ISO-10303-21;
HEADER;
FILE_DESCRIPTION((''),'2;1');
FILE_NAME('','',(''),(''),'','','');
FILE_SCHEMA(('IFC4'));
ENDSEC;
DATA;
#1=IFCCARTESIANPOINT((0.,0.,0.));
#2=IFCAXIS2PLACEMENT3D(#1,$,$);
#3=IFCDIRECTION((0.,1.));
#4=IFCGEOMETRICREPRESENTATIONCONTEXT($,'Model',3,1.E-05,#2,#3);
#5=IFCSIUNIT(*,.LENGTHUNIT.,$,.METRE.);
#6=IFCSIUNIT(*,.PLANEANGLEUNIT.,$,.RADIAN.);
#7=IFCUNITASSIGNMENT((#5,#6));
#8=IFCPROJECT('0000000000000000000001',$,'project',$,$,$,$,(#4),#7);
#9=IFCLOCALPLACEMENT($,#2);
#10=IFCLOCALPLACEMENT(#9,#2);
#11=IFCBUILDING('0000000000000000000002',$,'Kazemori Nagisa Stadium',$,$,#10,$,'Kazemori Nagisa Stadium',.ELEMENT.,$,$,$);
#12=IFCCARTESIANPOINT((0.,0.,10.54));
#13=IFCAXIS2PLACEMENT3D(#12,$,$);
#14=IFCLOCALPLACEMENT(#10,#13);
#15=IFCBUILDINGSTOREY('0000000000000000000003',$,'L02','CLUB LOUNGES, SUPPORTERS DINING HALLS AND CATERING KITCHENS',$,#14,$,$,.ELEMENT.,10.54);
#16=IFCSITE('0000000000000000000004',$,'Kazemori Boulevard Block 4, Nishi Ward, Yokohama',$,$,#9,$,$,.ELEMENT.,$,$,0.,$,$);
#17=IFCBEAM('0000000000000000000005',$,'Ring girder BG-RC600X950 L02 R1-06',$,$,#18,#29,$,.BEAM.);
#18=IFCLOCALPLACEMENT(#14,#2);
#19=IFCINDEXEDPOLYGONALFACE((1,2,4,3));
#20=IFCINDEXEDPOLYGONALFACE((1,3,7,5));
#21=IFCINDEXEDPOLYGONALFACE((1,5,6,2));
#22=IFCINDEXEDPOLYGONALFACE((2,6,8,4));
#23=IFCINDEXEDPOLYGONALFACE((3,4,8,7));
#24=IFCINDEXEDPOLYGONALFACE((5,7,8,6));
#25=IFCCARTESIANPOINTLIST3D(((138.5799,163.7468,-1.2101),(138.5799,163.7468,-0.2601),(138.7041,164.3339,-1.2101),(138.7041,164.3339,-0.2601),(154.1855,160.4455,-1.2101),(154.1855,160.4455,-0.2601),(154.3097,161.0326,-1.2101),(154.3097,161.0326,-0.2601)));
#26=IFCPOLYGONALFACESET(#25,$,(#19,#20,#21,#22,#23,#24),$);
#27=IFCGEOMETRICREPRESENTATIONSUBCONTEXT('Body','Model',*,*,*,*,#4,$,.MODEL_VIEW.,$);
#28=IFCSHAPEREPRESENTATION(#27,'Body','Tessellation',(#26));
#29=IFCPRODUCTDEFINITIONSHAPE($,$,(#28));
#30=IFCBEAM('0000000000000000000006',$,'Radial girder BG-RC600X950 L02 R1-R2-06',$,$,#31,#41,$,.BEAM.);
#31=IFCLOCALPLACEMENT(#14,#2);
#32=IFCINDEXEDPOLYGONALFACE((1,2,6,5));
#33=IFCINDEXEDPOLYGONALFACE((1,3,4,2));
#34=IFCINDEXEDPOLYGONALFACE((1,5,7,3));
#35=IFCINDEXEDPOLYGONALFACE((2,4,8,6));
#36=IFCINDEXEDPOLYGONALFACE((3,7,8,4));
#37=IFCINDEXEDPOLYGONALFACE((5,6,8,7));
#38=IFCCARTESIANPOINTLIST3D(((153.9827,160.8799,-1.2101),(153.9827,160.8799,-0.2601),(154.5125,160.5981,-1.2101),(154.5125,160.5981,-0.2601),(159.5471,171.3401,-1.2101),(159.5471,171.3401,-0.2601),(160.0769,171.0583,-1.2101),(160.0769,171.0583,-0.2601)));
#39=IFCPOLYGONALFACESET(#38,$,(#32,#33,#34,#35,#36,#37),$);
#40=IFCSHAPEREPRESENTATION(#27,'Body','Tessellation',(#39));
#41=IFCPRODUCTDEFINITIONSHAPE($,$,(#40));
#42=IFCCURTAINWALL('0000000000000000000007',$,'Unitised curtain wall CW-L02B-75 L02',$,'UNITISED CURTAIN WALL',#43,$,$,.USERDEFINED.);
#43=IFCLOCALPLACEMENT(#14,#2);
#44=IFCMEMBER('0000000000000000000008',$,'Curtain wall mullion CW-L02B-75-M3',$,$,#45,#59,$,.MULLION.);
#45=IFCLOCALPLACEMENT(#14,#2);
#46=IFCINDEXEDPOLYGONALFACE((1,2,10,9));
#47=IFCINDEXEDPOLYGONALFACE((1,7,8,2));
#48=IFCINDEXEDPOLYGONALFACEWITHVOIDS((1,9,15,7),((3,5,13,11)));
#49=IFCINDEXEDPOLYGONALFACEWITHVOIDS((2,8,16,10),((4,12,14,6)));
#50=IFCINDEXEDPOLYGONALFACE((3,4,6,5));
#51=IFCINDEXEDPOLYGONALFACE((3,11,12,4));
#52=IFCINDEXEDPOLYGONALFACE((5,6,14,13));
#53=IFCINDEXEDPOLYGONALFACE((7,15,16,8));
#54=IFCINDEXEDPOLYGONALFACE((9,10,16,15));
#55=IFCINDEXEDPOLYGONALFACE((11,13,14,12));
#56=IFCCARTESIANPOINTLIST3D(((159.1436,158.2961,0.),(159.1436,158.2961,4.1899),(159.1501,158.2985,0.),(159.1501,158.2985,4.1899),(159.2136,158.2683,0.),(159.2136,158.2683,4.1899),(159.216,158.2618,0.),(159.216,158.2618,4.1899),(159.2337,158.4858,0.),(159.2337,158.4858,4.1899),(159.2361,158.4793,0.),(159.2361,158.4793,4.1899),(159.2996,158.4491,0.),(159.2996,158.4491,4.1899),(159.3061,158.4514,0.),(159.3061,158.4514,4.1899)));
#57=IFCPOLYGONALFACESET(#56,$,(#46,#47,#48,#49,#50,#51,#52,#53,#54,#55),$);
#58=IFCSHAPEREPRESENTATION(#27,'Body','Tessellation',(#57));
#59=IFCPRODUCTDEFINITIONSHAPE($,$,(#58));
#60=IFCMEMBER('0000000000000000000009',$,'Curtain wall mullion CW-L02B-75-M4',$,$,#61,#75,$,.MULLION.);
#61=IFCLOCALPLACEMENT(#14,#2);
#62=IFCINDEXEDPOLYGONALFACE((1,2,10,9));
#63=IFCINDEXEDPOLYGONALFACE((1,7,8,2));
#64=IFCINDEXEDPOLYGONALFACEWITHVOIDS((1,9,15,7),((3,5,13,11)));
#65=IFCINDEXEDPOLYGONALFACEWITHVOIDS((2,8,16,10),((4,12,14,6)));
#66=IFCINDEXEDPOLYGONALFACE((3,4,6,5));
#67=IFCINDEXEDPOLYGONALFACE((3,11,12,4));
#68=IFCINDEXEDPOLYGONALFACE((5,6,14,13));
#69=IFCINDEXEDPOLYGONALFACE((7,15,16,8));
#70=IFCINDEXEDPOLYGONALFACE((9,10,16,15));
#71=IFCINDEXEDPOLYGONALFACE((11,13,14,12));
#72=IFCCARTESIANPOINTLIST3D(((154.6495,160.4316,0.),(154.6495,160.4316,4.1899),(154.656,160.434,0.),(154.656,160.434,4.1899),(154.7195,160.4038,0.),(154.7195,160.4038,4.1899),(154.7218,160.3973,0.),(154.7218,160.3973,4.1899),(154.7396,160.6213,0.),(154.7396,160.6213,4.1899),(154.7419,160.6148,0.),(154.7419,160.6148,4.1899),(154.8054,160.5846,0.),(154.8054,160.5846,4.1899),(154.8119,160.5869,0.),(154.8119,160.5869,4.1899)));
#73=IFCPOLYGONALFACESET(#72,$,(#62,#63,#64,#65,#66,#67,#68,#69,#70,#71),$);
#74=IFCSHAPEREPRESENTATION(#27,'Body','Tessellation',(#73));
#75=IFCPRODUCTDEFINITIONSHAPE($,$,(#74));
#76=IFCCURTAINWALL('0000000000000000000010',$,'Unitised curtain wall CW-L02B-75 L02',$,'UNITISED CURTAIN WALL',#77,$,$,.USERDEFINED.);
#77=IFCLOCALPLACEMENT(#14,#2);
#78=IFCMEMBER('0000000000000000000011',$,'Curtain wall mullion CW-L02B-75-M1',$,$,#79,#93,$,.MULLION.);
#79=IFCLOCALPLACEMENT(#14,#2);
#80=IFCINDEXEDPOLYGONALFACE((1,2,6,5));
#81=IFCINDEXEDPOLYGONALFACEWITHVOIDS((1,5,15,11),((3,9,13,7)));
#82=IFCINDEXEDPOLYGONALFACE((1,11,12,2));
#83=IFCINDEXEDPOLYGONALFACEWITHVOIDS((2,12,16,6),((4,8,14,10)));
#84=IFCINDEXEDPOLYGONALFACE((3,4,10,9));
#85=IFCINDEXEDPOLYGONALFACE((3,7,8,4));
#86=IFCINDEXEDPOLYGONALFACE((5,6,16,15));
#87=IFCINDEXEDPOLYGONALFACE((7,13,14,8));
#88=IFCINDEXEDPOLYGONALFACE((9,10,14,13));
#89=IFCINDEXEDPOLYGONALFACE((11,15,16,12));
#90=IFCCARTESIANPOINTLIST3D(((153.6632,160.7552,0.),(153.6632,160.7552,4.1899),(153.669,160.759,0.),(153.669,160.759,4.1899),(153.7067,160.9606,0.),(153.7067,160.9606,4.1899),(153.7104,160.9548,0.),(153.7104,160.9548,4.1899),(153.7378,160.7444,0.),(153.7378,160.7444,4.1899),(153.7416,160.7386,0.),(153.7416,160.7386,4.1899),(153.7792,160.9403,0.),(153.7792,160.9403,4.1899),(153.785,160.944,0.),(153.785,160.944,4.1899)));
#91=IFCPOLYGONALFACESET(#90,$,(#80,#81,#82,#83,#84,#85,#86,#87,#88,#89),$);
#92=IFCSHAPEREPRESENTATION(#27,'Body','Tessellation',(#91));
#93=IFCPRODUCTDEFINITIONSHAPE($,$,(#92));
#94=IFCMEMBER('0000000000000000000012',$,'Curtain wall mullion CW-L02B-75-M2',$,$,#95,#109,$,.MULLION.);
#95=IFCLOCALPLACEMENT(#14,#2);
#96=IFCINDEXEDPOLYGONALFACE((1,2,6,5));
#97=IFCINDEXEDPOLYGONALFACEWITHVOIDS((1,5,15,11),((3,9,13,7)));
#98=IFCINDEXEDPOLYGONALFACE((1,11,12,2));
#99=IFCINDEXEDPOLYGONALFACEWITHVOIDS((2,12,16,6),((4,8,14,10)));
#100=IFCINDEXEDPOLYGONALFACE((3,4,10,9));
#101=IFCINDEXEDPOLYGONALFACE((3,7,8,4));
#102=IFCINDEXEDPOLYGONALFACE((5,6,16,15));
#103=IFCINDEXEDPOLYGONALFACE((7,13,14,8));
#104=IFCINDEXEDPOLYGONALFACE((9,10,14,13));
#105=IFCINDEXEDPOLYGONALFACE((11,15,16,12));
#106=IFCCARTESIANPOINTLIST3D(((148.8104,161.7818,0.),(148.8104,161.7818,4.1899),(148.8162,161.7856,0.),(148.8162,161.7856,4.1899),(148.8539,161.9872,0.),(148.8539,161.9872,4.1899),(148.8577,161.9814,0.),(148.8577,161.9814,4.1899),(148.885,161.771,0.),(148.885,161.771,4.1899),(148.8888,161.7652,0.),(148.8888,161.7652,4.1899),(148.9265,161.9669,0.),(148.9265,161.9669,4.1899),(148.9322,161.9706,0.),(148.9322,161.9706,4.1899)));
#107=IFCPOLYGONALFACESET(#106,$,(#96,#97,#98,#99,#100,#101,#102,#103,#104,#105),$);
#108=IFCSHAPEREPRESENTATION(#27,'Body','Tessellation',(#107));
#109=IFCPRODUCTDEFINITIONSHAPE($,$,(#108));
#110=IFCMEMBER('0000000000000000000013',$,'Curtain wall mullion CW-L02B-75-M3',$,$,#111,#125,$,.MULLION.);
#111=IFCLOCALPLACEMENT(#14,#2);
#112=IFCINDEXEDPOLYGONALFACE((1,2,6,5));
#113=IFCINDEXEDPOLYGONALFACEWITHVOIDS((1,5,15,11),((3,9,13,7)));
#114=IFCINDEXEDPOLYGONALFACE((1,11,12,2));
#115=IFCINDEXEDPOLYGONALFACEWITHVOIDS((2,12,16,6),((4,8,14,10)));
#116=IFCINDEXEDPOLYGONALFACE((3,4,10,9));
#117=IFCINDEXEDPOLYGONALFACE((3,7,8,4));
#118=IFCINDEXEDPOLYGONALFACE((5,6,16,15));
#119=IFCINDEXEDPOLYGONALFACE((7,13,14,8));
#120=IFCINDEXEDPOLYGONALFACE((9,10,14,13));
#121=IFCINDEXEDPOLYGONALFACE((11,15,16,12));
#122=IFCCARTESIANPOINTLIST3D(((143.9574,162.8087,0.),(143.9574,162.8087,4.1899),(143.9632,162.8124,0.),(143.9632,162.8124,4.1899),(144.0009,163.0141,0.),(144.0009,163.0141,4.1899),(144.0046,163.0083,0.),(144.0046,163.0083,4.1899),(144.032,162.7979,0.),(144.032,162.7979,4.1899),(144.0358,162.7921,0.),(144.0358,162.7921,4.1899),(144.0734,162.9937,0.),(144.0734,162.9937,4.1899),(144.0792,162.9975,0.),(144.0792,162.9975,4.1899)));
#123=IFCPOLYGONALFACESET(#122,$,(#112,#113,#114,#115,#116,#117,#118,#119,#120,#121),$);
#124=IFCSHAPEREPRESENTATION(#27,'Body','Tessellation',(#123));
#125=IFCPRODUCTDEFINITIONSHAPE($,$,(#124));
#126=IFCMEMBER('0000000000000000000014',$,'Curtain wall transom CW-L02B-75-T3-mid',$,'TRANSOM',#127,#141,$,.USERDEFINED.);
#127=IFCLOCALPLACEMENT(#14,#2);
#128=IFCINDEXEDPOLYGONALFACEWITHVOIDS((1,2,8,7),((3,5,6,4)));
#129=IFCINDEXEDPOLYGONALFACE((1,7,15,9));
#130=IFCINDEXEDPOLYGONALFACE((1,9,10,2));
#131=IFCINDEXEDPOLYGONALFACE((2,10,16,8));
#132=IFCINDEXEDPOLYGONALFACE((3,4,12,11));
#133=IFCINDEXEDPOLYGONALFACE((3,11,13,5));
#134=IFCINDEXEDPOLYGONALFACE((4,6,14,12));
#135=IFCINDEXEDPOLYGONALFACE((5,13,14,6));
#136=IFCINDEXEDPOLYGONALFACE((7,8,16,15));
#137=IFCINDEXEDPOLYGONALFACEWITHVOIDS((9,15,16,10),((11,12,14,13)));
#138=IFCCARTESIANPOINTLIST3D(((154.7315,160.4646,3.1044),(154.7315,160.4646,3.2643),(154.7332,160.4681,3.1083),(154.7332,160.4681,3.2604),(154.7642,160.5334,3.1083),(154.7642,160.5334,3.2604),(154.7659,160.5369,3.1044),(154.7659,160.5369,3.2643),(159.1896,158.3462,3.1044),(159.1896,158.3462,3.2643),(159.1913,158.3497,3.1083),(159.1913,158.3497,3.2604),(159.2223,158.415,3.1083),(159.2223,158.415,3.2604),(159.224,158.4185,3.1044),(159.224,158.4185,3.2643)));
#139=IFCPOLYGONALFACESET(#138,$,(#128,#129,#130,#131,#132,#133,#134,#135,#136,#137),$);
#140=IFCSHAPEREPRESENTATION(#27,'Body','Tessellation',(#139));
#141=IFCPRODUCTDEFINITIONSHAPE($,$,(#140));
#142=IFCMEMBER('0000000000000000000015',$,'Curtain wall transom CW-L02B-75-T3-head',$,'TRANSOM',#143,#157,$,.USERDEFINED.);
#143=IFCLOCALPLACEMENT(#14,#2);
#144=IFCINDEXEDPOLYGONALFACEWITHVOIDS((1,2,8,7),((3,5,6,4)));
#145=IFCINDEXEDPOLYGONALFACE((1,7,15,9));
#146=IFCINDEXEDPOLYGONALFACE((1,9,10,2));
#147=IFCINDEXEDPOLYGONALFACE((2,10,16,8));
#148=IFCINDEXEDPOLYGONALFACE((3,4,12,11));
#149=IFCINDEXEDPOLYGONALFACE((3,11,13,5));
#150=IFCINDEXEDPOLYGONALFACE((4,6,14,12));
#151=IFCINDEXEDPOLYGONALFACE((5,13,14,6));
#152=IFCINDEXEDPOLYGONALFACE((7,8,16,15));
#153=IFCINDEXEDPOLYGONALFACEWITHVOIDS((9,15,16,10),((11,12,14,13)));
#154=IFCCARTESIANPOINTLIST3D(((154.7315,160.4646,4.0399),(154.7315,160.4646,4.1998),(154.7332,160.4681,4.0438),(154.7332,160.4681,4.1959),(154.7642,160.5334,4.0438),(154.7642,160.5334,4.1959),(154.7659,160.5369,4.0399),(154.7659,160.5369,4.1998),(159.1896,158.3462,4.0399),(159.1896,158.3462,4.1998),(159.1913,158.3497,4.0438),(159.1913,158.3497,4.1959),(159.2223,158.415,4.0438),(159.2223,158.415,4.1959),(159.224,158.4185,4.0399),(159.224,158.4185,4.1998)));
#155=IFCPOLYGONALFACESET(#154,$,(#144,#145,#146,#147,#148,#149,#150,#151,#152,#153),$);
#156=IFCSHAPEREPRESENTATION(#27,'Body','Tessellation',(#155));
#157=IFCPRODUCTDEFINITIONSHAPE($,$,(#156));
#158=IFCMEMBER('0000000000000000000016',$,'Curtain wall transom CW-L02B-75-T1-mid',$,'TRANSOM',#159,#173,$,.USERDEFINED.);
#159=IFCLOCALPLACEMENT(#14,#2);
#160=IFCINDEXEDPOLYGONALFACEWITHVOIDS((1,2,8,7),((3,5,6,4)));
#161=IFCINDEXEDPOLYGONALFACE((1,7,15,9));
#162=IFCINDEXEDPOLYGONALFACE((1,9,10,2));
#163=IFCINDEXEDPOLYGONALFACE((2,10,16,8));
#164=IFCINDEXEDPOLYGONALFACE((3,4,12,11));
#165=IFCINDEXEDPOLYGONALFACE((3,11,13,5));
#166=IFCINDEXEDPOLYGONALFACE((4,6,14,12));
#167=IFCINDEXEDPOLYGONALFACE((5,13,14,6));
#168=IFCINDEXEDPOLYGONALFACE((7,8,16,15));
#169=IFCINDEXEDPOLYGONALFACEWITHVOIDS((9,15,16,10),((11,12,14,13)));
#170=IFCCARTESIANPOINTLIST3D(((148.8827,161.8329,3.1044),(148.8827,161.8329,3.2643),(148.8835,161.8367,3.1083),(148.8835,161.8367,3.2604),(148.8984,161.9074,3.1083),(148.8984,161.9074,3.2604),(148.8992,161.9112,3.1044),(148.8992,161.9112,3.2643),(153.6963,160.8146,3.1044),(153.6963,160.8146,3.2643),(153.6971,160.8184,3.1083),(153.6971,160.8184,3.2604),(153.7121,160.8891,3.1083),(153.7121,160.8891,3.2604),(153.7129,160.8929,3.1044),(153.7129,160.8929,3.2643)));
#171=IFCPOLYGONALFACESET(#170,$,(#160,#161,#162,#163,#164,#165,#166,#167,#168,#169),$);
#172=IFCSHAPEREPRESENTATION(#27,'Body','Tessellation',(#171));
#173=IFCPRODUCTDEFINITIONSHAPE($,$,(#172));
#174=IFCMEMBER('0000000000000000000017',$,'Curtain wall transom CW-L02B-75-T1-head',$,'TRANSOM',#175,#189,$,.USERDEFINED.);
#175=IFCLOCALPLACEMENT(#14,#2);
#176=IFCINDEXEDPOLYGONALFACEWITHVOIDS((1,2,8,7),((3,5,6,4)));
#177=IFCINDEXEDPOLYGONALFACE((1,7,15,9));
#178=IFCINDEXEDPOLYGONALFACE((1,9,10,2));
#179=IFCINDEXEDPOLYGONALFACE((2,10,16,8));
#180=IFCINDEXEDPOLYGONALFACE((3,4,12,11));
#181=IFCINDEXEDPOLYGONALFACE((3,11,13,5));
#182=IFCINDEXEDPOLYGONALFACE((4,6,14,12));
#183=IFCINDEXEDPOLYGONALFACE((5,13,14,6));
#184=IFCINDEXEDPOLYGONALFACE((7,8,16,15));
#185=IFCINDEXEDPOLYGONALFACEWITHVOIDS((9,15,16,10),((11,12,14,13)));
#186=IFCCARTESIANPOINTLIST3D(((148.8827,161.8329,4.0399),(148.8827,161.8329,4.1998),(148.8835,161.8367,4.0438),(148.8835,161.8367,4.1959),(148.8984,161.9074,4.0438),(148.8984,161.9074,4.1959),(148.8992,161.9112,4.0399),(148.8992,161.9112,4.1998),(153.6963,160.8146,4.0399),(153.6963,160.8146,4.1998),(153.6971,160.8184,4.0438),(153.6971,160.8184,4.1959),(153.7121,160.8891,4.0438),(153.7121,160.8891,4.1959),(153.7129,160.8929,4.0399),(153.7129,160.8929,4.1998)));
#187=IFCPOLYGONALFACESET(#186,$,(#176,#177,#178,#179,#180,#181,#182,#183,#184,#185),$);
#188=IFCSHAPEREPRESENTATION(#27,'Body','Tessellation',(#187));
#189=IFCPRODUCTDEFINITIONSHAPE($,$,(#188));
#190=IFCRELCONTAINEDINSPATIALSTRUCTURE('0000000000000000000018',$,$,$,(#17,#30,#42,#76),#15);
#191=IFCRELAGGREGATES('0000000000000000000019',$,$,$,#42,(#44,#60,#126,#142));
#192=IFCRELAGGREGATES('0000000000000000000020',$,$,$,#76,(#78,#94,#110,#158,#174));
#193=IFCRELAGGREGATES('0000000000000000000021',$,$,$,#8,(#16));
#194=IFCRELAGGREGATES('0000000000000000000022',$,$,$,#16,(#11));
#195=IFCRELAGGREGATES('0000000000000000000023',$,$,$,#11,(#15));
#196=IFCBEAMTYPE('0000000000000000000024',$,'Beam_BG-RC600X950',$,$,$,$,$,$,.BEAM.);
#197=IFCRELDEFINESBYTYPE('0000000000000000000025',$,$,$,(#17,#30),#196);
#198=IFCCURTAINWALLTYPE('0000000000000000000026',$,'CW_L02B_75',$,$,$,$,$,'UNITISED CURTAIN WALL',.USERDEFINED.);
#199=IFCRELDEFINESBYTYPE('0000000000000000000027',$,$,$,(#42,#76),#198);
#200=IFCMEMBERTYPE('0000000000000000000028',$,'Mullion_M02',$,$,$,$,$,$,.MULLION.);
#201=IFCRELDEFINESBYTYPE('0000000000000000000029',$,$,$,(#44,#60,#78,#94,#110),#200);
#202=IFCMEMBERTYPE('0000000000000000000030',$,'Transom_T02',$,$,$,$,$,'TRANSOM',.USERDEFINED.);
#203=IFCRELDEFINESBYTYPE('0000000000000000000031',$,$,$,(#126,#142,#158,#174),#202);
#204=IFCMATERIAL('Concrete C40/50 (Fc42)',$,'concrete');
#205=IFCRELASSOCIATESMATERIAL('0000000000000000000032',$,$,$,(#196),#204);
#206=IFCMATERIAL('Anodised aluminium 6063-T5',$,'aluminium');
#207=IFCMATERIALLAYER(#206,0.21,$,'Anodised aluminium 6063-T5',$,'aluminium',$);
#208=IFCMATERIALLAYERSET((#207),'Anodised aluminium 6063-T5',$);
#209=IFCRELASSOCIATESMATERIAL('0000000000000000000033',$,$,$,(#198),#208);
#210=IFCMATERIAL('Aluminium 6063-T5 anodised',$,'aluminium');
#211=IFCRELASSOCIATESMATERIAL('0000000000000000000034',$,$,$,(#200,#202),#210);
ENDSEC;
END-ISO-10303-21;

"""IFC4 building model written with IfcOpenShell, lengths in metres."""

from ifc_helpers import new_model, si_unit, direction, frame, origin, origin_2d, place, context, subcontext, project, spatial, rectangle, hollow_rectangle, extrude, material, layer, layer_set, material_profile, profile_set, type_object, element, aggregate, save


model = new_model("IFC4")

# Units and contexts
model_context = context("Model", 3, precision=1e-05, world=origin(), true_north=direction((0.0, 1.0)))
body_context = subcontext(model_context, "Body", "Model", "MODEL_VIEW")
ifc_project = project(units=[si_unit("LENGTHUNIT", "METRE"), si_unit("PLANEANGLEUNIT", "RADIAN")], contexts=[model_context])

# Site, building, storey
site_placement = place(None, origin())
site = spatial("IfcSite", under=ifc_project, at=site_placement, Name="Kazemori Boulevard Block 4, Nishi Ward, Yokohama", CompositionType="ELEMENT", RefElevation=0.0)
building_placement = place(site_placement, origin())
building = spatial("IfcBuilding", under=site, at=building_placement, Name="Kazemori Nagisa Stadium", LongName="Kazemori Nagisa Stadium", CompositionType="ELEMENT")
storey_placement = place(building_placement, frame((0.0, 0.0, 10.54)))
storey = spatial("IfcBuildingStorey", under=building, at=storey_placement, Name="L02", Description="CLUB LOUNGES, SUPPORTERS DINING HALLS AND CATERING KITCHENS", CompositionType="ELEMENT", Elevation=10.54)

# Shared definitions
ifc_material_1 = material(Name="Concrete C40/50 (Fc42)", Category="concrete")

# Beams
ifc_material_profile_1 = material_profile(ifc_material_1, rectangle(XDim=0.6001, YDim=0.95, at=origin_2d()), Name="RC-BM-600x950")
ifc_profile_set_1 = profile_set([ifc_material_profile_1], Name="Concrete C40/50 (Fc42)")
beam_type = type_object("IfcBeamType", Name="Beam_BG-RC600X950", PredefinedType="BEAM", material=ifc_profile_set_1)
beam_1_placement = place(storey_placement, frame((154.2476, 160.739, -0.7351), z_axis=(-0.978348, 0.206965, 0.0), x_axis=(-0.206965, -0.978348, 0.0)))
element("IfcBeam", 1, at=beam_1_placement, inside=storey, type_object=beam_type, Name="Ring girder BG-RC600X950 L02 R1-06", PredefinedType="BEAM", context=body_context, shape_type="SweptSolid", body=[
    extrude(rectangle(XDim=0.6001, YDim=0.95, at=origin_2d()), origin(), (0.0, 0.0, 1.0), 15.9509),
])
beam_2_placement = place(storey_placement, frame((154.2476, 160.739, -0.7351), z_axis=(0.469647, 0.882854, 0.0), x_axis=(-0.882854, 0.469647, 0.0)))
element("IfcBeam", 2, at=beam_2_placement, inside=storey, type_object=beam_type, Name="Radial girder BG-RC600X950 L02 R1-R2-06", PredefinedType="BEAM", context=body_context, shape_type="SweptSolid", body=[
    extrude(rectangle(XDim=0.6001, YDim=0.95, at=origin_2d()), origin(), (0.0, 0.0, 1.0), 11.8481),
])

# Curtain walls, members
ifc_material_2 = material(Name="Anodised aluminium 6063-T5", Category="aluminium")
ifc_layer_1 = layer(ifc_material_2, 0.21, Name="Anodised aluminium 6063-T5", Category="aluminium")
ifc_layer_set_1 = layer_set([ifc_layer_1], Name="Anodised aluminium 6063-T5")
curtain_wall_type = type_object("IfcCurtainWallType", Name="CW_L02B_75", ElementType="UNITISED CURTAIN WALL", PredefinedType="USERDEFINED", material=ifc_layer_set_1)
curtain_wall_1_placement = place(storey_placement, origin())
curtain_wall_1 = element("IfcCurtainWall", 3, at=curtain_wall_1_placement, inside=storey, type_object=curtain_wall_type, Name="Unitised curtain wall CW-L02B-75 L02", ObjectType="UNITISED CURTAIN WALL", PredefinedType="USERDEFINED")
ifc_material_3 = material(Name="Aluminium 6063-T5 anodised", Category="aluminium")
ifc_material_profile_2 = material_profile(ifc_material_3, hollow_rectangle(XDim=0.0801, YDim=0.21, WallThickness=0.0049, at=origin_2d()), Name="ALU-MULL-80x210x5")
ifc_profile_set_2 = profile_set([ifc_material_profile_2], Name="Aluminium 6063-T5 anodised")
member_type_1 = type_object("IfcMemberType", Name="Mullion_M02", PredefinedType="MULLION", material=ifc_profile_set_2)
member_1_placement = place(storey_placement, frame((159.2249, 158.3738, 0.0), z_axis=(0.0, 0.0, 1.0), x_axis=(-0.903216, 0.429186, 0.0)))
member_1 = element("IfcMember", 4, at=member_1_placement, type_object=member_type_1, Name="Curtain wall mullion CW-L02B-75-M3", PredefinedType="MULLION", context=body_context, shape_type="SweptSolid", body=[
    extrude(hollow_rectangle(XDim=0.0801, YDim=0.21, WallThickness=0.0049, at=origin_2d()), origin(), (0.0, 0.0, 1.0), 4.1899),
])
member_2_placement = place(storey_placement, frame((154.7307, 160.5093, 0.0), z_axis=(0.0, 0.0, 1.0), x_axis=(-0.903216, 0.429186, 0.0)))
member_2 = element("IfcMember", 5, at=member_2_placement, type_object=member_type_1, Name="Curtain wall mullion CW-L02B-75-M4", PredefinedType="MULLION", context=body_context, shape_type="SweptSolid", body=[
    extrude(hollow_rectangle(XDim=0.0801, YDim=0.21, WallThickness=0.0049, at=origin_2d()), origin(), (0.0, 0.0, 1.0), 4.1899),
])
curtain_wall_2_placement = place(storey_placement, origin())
curtain_wall_2 = element("IfcCurtainWall", 6, at=curtain_wall_2_placement, inside=storey, type_object=curtain_wall_type, Name="Unitised curtain wall CW-L02B-75 L02", ObjectType="UNITISED CURTAIN WALL", PredefinedType="USERDEFINED")
member_3_placement = place(storey_placement, frame((153.7241, 160.8496, 0.0), z_axis=(0.0, 0.0, 1.0), x_axis=(-0.978345, 0.206981, 0.0)))
member_3 = element("IfcMember", 7, at=member_3_placement, type_object=member_type_1, Name="Curtain wall mullion CW-L02B-75-M1", PredefinedType="MULLION", context=body_context, shape_type="SweptSolid", body=[
    extrude(hollow_rectangle(XDim=0.0801, YDim=0.21, WallThickness=0.0049, at=origin_2d()), origin(), (0.0, 0.0, 1.0), 4.1899),
])
member_4_placement = place(storey_placement, frame((148.8713, 161.8762, 0.0), z_axis=(0.0, 0.0, 1.0), x_axis=(-0.978345, 0.206981, 0.0)))
member_4 = element("IfcMember", 8, at=member_4_placement, type_object=member_type_1, Name="Curtain wall mullion CW-L02B-75-M2", PredefinedType="MULLION", context=body_context, shape_type="SweptSolid", body=[
    extrude(hollow_rectangle(XDim=0.0801, YDim=0.21, WallThickness=0.0049, at=origin_2d()), origin(), (0.0, 0.0, 1.0), 4.1899),
])
member_5_placement = place(storey_placement, frame((144.0183, 162.9031, 0.0), z_axis=(0.0, 0.0, 1.0), x_axis=(-0.978345, 0.206981, 0.0)))
member_5 = element("IfcMember", 9, at=member_5_placement, type_object=member_type_1, Name="Curtain wall mullion CW-L02B-75-M3", PredefinedType="MULLION", context=body_context, shape_type="SweptSolid", body=[
    extrude(hollow_rectangle(XDim=0.0801, YDim=0.21, WallThickness=0.0049, at=origin_2d()), origin(), (0.0, 0.0, 1.0), 4.1899),
])

# Members
ifc_material_profile_3 = material_profile(ifc_material_3, hollow_rectangle(XDim=0.0801, YDim=0.1599, WallThickness=0.0039, at=origin_2d()), Name="ALU-TRAN-80x160x4")
ifc_profile_set_3 = profile_set([ifc_material_profile_3], Name="Aluminium 6063-T5 anodised")
member_type_2 = type_object("IfcMemberType", Name="Transom_T02", ElementType="TRANSOM", PredefinedType="USERDEFINED", material=ifc_profile_set_3)
member_6_placement = place(storey_placement, frame((159.2068, 158.3823, 3.1843), z_axis=(-0.90321, 0.429198, 0.0), x_axis=(-0.429198, -0.90321, 0.0)))
member_6 = element("IfcMember", 10, at=member_6_placement, type_object=member_type_2, Name="Curtain wall transom CW-L02B-75-T3-mid", ObjectType="TRANSOM", PredefinedType="USERDEFINED", context=body_context, shape_type="SweptSolid", body=[
    extrude(hollow_rectangle(XDim=0.0801, YDim=0.1599, WallThickness=0.0039, at=origin_2d()), origin(), (0.0, 0.0, 1.0), 4.9358),
])
member_7_placement = place(storey_placement, frame((159.2068, 158.3823, 4.1199), z_axis=(-0.90321, 0.429198, 0.0), x_axis=(-0.429198, -0.90321, 0.0)))
member_7 = element("IfcMember", 11, at=member_7_placement, type_object=member_type_2, Name="Curtain wall transom CW-L02B-75-T3-head", ObjectType="TRANSOM", PredefinedType="USERDEFINED", context=body_context, shape_type="SweptSolid", body=[
    extrude(hollow_rectangle(XDim=0.0801, YDim=0.1599, WallThickness=0.0039, at=origin_2d()), origin(), (0.0, 0.0, 1.0), 4.9358),
])
member_8_placement = place(storey_placement, frame((153.7046, 160.8538, 3.1843), z_axis=(-0.978349, 0.206963, 0.0), x_axis=(-0.206963, -0.978349, 0.0)))
member_8 = element("IfcMember", 12, at=member_8_placement, type_object=member_type_2, Name="Curtain wall transom CW-L02B-75-T1-mid", ObjectType="TRANSOM", PredefinedType="USERDEFINED", context=body_context, shape_type="SweptSolid", body=[
    extrude(hollow_rectangle(XDim=0.0801, YDim=0.1599, WallThickness=0.0039, at=origin_2d()), origin(), (0.0, 0.0, 1.0), 4.9202),
])
member_9_placement = place(storey_placement, frame((153.7046, 160.8538, 4.1199), z_axis=(-0.978349, 0.206963, 0.0), x_axis=(-0.206963, -0.978349, 0.0)))
member_9 = element("IfcMember", 13, at=member_9_placement, type_object=member_type_2, Name="Curtain wall transom CW-L02B-75-T1-head", ObjectType="TRANSOM", PredefinedType="USERDEFINED", context=body_context, shape_type="SweptSolid", body=[
    extrude(hollow_rectangle(XDim=0.0801, YDim=0.1599, WallThickness=0.0039, at=origin_2d()), origin(), (0.0, 0.0, 1.0), 4.9202),
])

aggregate(curtain_wall_1, [member_1, member_2, member_6, member_7])
aggregate(curtain_wall_2, [member_3, member_4, member_5, member_8, member_9])

save(model, "model.ifc")
